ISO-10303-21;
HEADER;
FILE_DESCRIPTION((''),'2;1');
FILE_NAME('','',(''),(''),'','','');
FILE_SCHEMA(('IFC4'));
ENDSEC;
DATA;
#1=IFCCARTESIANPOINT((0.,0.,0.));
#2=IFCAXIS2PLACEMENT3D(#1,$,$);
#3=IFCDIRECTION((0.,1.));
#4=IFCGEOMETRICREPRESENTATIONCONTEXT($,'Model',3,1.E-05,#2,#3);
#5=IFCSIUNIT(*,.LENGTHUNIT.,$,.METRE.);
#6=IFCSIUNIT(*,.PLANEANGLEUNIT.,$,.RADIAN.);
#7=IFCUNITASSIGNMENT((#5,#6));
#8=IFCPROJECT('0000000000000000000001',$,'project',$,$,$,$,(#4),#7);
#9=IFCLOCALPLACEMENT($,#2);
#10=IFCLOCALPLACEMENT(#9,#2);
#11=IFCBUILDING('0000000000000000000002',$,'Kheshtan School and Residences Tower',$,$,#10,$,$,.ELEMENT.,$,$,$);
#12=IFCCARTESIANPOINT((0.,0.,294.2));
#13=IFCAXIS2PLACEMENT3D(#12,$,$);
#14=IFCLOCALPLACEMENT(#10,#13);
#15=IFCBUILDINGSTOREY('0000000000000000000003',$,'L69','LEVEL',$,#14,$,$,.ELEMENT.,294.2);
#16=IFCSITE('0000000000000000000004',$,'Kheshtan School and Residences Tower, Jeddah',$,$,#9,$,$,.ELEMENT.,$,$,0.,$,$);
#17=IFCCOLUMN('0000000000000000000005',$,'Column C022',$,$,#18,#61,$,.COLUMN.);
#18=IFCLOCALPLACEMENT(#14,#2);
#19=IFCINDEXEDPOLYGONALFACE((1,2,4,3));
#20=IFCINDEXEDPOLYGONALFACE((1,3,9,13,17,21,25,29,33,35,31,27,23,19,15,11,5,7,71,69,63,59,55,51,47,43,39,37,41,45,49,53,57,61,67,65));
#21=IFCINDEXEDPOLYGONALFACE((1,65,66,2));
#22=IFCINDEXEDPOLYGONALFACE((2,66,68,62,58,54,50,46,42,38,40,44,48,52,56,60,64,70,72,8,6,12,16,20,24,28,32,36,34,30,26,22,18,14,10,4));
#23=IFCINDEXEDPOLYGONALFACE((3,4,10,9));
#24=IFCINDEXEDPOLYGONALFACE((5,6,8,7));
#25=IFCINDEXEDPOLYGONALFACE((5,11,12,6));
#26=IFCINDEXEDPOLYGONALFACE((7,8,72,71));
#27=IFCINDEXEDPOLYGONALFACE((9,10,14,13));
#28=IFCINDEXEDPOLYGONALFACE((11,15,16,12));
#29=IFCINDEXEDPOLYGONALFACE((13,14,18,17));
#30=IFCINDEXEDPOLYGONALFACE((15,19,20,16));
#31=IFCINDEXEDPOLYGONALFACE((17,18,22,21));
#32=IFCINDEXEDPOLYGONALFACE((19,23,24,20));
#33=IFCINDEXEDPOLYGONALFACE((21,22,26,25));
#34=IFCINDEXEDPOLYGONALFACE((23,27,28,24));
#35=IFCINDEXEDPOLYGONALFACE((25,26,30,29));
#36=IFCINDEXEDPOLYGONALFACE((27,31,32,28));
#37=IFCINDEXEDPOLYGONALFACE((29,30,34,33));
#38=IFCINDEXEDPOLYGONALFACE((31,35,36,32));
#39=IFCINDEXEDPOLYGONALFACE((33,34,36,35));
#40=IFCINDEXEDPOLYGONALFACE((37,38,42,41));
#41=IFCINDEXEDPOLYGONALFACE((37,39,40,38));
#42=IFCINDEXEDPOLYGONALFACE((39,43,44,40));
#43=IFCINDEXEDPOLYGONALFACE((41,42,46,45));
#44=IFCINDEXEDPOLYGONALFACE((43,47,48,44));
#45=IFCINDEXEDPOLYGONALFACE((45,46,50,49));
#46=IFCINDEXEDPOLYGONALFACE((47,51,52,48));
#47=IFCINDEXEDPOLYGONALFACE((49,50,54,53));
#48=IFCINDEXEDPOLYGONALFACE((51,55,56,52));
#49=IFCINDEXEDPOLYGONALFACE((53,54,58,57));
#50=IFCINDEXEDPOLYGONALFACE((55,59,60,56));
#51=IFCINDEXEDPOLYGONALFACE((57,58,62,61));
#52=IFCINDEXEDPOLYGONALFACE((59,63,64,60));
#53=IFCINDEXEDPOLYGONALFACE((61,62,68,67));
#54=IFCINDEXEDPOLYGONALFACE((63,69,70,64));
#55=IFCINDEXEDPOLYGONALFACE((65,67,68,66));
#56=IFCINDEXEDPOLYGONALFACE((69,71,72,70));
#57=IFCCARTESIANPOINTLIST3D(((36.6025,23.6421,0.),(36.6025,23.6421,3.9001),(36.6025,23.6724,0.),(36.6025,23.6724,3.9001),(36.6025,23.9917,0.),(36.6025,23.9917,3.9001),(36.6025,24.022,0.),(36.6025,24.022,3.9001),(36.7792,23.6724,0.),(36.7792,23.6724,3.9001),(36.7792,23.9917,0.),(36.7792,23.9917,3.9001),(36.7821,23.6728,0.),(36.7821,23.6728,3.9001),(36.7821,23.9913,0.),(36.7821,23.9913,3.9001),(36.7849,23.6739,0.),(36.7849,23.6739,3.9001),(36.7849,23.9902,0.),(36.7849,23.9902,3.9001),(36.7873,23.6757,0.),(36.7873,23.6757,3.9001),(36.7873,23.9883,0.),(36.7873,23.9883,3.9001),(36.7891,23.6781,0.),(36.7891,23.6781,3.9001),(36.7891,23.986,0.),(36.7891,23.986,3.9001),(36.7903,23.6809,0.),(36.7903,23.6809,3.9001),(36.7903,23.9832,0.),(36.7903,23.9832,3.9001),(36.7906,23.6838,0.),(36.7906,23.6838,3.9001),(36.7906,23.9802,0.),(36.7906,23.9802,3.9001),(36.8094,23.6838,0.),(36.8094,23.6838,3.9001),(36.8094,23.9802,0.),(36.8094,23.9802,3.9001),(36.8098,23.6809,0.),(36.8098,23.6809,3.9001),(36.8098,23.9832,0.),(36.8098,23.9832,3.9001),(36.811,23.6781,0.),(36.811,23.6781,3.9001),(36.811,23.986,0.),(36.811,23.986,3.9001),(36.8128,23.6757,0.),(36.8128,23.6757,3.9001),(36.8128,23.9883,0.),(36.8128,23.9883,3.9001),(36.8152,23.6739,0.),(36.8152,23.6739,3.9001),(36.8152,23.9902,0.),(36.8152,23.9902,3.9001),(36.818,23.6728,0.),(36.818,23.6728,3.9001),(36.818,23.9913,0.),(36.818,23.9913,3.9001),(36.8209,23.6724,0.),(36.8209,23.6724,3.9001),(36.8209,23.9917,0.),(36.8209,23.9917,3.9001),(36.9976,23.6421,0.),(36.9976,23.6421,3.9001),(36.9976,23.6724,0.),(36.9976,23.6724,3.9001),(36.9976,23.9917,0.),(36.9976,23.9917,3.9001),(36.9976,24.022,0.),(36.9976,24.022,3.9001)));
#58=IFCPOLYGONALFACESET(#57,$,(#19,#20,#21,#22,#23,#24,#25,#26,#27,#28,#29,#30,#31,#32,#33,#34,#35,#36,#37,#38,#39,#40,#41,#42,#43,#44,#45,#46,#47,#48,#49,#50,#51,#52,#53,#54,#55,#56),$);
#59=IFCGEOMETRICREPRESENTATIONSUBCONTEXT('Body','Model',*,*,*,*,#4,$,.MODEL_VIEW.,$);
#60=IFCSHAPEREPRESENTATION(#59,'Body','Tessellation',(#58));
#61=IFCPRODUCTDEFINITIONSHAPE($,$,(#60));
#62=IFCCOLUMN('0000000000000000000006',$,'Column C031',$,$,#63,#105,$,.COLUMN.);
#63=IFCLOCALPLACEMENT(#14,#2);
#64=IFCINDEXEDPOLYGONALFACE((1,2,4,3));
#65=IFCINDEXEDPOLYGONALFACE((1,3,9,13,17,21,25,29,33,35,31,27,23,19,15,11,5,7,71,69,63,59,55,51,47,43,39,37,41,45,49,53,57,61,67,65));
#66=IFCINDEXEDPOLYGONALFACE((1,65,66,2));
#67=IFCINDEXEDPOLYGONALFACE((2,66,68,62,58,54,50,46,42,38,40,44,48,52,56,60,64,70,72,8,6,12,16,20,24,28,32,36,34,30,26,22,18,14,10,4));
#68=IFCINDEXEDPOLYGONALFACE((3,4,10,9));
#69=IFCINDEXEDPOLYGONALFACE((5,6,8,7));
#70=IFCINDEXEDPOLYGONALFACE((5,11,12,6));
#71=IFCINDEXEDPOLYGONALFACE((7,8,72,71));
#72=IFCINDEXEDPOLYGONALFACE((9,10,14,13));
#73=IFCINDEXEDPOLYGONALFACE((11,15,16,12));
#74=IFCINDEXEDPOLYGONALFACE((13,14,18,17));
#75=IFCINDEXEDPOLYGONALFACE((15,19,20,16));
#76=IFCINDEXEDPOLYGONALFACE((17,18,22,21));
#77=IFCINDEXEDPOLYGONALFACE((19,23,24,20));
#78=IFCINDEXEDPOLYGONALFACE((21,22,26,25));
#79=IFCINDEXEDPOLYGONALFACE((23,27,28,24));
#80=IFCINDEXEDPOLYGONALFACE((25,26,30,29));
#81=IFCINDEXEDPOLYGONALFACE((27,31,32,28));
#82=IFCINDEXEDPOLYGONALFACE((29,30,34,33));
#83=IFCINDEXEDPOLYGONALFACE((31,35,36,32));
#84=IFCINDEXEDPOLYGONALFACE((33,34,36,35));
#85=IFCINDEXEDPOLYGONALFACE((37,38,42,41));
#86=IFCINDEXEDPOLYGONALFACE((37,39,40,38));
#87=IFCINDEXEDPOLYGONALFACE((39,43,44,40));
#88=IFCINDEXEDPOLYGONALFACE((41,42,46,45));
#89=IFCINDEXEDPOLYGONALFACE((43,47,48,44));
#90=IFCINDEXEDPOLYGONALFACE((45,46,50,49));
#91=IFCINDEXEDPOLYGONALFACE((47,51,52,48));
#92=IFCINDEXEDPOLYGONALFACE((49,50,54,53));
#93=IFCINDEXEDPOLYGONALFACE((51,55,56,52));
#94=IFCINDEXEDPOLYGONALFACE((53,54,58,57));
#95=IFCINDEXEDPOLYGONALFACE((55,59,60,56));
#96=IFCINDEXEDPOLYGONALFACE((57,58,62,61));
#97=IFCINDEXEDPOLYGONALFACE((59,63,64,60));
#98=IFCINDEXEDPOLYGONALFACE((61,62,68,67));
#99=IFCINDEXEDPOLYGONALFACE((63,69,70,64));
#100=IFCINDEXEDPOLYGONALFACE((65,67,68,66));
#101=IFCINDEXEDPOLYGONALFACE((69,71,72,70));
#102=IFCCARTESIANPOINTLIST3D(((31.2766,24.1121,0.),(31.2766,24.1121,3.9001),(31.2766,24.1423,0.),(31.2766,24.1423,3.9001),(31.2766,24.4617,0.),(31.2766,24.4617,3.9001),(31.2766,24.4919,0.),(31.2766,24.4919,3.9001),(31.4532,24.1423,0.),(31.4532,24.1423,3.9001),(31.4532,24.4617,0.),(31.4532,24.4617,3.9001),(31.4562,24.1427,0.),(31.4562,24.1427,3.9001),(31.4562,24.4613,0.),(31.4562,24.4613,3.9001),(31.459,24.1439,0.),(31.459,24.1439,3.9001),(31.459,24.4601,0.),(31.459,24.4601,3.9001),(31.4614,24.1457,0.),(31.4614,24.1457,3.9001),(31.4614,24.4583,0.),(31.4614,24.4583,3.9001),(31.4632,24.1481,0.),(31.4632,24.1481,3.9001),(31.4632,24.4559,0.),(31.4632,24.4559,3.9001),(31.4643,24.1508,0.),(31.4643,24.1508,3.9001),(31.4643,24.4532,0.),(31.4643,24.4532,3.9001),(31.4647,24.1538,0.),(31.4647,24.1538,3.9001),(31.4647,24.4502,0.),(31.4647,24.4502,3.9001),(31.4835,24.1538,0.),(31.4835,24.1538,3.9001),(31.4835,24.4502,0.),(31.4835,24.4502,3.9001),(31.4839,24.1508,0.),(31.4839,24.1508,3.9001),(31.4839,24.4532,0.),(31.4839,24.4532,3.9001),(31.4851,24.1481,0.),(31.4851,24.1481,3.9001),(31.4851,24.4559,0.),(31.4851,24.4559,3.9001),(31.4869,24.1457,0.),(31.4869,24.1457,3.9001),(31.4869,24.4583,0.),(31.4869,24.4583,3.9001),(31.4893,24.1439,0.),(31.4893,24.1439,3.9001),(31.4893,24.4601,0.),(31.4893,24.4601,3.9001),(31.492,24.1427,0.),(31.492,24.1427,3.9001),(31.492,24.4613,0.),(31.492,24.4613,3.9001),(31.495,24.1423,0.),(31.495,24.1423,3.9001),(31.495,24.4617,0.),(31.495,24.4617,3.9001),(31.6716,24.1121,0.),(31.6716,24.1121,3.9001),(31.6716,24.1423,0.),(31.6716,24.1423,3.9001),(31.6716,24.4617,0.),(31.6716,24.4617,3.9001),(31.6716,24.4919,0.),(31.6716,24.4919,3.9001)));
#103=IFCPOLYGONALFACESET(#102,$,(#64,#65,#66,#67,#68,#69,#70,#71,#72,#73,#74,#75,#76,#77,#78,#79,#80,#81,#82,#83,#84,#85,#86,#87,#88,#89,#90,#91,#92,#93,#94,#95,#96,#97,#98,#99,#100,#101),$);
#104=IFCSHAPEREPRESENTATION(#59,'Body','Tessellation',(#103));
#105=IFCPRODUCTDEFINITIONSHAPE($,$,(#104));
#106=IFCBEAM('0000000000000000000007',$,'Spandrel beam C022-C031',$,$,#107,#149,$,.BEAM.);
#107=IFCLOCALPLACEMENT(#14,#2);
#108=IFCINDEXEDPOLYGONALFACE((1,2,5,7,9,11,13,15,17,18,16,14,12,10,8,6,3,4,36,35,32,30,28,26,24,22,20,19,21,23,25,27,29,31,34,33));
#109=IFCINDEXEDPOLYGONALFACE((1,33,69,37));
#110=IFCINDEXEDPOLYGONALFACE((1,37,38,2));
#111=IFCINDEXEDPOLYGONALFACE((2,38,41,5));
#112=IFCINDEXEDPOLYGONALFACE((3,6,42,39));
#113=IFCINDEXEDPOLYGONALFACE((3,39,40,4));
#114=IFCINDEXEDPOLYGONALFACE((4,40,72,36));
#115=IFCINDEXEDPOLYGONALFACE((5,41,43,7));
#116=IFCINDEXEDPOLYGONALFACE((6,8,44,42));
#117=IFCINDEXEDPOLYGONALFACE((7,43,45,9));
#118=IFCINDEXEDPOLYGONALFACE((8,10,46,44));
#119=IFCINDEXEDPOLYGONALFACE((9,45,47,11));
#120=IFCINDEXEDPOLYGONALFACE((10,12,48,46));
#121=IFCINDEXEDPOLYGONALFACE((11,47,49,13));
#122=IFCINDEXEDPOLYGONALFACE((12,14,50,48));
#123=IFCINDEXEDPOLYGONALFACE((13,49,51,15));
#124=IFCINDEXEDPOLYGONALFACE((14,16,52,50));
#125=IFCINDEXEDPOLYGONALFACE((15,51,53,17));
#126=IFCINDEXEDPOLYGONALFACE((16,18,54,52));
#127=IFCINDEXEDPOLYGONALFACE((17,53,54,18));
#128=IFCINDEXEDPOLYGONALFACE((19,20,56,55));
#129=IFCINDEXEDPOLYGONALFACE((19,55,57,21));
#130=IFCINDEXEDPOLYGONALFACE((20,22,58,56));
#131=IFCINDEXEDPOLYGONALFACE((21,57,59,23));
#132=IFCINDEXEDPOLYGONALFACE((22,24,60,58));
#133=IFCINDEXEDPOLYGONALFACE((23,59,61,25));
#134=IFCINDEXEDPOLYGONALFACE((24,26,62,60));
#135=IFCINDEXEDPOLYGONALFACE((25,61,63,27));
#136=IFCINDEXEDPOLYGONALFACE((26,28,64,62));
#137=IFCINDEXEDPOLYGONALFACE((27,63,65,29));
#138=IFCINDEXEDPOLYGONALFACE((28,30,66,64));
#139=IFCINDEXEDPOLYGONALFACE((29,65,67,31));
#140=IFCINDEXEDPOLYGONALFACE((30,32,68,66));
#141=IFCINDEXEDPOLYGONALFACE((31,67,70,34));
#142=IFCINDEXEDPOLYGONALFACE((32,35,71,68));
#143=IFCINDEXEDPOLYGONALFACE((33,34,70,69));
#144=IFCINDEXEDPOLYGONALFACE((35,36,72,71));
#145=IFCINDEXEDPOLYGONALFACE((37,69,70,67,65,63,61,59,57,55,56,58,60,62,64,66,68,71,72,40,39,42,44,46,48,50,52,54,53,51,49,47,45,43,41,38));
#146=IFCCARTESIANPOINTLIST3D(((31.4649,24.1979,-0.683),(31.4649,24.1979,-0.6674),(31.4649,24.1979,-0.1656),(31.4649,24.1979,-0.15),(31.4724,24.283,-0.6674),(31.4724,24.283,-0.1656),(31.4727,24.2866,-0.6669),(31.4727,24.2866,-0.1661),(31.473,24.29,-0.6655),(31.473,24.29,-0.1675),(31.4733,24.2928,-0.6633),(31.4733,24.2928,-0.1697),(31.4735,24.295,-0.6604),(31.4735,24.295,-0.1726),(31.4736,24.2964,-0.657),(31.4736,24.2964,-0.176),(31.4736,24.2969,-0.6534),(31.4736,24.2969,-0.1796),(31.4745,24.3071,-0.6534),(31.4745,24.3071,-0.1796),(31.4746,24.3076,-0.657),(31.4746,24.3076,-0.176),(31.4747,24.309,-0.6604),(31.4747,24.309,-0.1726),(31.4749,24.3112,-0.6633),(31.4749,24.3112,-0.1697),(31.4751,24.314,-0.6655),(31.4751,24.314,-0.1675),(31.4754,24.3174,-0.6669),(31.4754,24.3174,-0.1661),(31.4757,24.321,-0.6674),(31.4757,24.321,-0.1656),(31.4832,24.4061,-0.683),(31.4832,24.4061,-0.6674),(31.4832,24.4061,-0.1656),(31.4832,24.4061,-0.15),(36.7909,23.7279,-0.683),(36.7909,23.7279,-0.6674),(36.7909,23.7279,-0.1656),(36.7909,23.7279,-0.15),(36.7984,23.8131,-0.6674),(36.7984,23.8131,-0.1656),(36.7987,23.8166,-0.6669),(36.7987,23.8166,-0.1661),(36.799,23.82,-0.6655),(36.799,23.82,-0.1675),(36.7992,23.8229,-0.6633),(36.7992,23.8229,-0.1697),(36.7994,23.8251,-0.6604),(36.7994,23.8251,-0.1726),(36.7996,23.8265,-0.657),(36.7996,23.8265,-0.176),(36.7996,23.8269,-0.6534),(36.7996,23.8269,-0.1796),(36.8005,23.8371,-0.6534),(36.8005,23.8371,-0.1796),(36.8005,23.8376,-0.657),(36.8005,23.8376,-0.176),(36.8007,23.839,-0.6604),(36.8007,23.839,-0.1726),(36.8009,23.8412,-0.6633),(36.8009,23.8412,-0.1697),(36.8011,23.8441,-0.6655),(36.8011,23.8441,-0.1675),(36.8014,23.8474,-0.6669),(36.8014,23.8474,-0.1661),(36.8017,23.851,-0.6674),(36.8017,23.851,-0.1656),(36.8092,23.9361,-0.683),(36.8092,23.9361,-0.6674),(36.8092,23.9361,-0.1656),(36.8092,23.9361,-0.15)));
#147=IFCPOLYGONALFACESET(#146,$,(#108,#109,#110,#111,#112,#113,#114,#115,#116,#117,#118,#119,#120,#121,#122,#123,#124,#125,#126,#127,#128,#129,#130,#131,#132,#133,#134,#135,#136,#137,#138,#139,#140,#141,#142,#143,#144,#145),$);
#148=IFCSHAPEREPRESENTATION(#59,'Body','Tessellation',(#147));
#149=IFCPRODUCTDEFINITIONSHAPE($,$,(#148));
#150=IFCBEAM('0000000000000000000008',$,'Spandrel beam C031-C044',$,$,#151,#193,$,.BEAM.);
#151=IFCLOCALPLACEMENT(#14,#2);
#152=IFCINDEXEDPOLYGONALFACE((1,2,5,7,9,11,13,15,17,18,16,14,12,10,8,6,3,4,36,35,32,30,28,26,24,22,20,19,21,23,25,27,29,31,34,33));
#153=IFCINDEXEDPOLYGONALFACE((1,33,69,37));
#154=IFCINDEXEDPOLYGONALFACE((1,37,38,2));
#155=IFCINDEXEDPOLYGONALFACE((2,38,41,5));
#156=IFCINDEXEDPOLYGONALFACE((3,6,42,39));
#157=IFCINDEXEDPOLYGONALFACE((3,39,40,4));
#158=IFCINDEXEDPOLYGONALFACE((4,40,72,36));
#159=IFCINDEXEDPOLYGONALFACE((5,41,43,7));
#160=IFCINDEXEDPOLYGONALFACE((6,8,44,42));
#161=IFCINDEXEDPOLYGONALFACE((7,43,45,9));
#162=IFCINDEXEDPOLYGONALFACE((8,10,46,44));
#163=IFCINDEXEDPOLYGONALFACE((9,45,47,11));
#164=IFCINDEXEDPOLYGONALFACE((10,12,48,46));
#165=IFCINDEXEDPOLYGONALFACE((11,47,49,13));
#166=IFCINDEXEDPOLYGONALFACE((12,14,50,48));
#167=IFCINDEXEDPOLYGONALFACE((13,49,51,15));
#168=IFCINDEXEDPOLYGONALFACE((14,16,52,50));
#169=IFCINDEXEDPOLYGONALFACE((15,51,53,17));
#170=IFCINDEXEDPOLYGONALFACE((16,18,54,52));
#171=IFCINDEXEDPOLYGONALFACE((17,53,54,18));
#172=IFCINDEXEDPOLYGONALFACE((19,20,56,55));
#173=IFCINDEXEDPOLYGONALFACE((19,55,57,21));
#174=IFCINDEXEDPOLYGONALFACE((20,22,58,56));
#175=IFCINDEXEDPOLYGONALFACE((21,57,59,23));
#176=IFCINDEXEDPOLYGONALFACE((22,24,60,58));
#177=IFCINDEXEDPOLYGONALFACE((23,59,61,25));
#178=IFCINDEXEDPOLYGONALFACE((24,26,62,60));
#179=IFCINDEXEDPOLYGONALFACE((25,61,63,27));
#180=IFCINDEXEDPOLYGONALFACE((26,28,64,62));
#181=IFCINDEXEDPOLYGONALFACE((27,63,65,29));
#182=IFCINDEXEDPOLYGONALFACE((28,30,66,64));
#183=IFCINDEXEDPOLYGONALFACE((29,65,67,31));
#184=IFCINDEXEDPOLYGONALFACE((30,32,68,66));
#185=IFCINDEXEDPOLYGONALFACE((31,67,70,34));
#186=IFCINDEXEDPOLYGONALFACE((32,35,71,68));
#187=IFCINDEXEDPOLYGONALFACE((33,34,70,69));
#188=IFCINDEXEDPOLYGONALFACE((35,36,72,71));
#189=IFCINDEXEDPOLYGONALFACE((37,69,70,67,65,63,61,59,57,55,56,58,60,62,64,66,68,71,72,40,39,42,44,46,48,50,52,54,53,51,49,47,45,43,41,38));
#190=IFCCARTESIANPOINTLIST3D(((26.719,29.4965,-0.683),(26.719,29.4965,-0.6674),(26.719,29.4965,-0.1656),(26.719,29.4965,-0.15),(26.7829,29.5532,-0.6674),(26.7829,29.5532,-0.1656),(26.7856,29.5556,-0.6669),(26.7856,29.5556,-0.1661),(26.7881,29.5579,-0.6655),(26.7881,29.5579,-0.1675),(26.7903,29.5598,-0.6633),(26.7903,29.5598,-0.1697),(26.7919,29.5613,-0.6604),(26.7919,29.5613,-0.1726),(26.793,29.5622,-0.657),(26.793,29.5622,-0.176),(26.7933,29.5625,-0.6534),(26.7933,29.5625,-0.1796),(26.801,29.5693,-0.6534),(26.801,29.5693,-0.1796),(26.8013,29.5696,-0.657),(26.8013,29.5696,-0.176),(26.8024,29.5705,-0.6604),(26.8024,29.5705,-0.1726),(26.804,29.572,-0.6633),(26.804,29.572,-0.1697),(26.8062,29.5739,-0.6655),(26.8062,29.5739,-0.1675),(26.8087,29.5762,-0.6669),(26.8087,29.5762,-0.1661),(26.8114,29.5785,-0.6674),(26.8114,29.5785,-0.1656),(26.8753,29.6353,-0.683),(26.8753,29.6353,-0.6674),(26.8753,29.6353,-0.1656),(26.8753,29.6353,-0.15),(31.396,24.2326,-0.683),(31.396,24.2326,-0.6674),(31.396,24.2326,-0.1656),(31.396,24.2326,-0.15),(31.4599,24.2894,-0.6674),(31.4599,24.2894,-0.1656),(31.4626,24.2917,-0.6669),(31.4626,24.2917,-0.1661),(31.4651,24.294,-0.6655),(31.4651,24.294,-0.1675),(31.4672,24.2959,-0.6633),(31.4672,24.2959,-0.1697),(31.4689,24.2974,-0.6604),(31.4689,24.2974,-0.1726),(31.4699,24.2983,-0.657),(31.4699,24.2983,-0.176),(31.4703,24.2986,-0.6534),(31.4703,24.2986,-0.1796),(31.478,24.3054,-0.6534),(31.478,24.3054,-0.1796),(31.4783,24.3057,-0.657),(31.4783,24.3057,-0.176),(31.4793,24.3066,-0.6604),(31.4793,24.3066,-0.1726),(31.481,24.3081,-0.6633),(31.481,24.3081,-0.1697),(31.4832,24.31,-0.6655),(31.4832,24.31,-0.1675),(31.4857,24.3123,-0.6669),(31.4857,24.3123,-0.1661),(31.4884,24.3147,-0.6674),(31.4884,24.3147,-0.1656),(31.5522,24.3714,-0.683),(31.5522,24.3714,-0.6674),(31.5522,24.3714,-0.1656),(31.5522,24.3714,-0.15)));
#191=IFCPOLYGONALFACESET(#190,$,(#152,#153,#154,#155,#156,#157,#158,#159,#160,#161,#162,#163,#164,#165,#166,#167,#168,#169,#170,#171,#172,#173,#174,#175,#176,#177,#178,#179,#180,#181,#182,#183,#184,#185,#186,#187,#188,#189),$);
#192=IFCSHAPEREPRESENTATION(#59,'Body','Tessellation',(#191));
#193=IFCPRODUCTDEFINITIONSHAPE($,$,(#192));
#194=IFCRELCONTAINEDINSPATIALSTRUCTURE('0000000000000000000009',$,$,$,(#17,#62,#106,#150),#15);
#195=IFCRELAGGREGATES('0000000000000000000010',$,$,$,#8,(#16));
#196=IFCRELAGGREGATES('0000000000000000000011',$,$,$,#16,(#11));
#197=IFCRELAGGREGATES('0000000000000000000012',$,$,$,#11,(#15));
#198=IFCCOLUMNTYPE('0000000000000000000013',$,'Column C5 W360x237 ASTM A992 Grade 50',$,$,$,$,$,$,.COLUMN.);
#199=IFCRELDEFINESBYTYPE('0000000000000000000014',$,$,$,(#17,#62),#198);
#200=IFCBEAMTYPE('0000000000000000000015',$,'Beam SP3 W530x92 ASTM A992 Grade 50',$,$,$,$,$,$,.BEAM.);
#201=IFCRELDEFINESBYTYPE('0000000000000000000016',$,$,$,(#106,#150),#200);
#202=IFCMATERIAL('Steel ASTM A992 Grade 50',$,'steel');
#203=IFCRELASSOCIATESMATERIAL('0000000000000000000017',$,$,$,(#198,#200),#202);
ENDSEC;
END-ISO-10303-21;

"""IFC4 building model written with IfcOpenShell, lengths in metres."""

from ifc_helpers import new_model, si_unit, direction, frame, origin, origin_2d, place, context, subcontext, project, spatial, i_section, extrude, material, material_profile, profile_set, type_object, element, save


model = new_model("IFC4")

# Units and contexts
model_context = context("Model", 3, precision=1e-05, world=origin(), true_north=direction((0.0, 1.0)))
body_context = subcontext(model_context, "Body", "Model", "MODEL_VIEW")
ifc_project = project(units=[si_unit("LENGTHUNIT", "METRE"), si_unit("PLANEANGLEUNIT", "RADIAN")], contexts=[model_context])

# Site, building, storey
site_placement = place(None, origin())
site = spatial("IfcSite", under=ifc_project, at=site_placement, Name="Kheshtan School and Residences Tower, Jeddah", CompositionType="ELEMENT", RefElevation=0.0)
building_placement = place(site_placement, origin())
building = spatial("IfcBuilding", under=site, at=building_placement, Name="Kheshtan School and Residences Tower", CompositionType="ELEMENT")
storey_placement = place(building_placement, frame((0.0, 0.0, 294.2)))
storey = spatial("IfcBuildingStorey", under=building, at=storey_placement, Name="L69", Description="LEVEL", CompositionType="ELEMENT", Elevation=294.2)

# Columns
ifc_material_1 = material(Name="Steel ASTM A992 Grade 50", Category="steel")
ifc_material_profile_1 = material_profile(ifc_material_1, i_section(OverallWidth=0.395, OverallDepth=0.3799, WebThickness=0.0188, FlangeThickness=0.0303, FilletRadius=0.0115, at=origin_2d()), Name="W360x237")
ifc_profile_set_1 = profile_set([ifc_material_profile_1], Name="Steel ASTM A992 Grade 50")
column_type = type_object("IfcColumnType", Name="Column C5 W360x237 ASTM A992 Grade 50", PredefinedType="COLUMN", material=ifc_profile_set_1)
for number, where, z_axis, x_axis, name in (
    (1, (36.8, 23.832, 0.0), (0.0, 0.0, 1.0), (1.0, 0.0, 0.0), "Column C022"),
    (2, (31.4741, 24.302, 0.0), (0.0, 0.0, 1.0), (1.0, 0.0, 0.0), "Column C031"),
):
    element("IfcColumn", number, at=place(storey_placement, frame(where, z_axis=z_axis, x_axis=x_axis)), inside=storey, type_object=column_type, Name=name, PredefinedType="COLUMN", context=body_context, shape_type="SweptSolid", body=[
        extrude(i_section(OverallWidth=0.395, OverallDepth=0.3799, WebThickness=0.0188, FlangeThickness=0.0303, FilletRadius=0.0115, at=origin_2d()), origin(), (0.0, 0.0, 1.0), 3.9001),
    ])

# Beams
ifc_material_profile_2 = material_profile(ifc_material_1, i_section(OverallWidth=0.209, OverallDepth=0.533, WebThickness=0.0103, FlangeThickness=0.0156, FilletRadius=0.0139, at=origin_2d()), Name="W530x92")
ifc_profile_set_2 = profile_set([ifc_material_profile_2], Name="Steel ASTM A992 Grade 50")
beam_type = type_object("IfcBeamType", Name="Beam SP3 W530x92 ASTM A992 Grade 50", PredefinedType="BEAM", material=ifc_profile_set_2)
beam_1_placement = place(storey_placement, frame((36.8, 23.832, -0.4165), z_axis=(-0.996129, 0.0879, 0.0), x_axis=(-0.0879, -0.996129, 0.0)))
element("IfcBeam", 3, at=beam_1_placement, inside=storey, type_object=beam_type, Name="Spandrel beam C022-C031", PredefinedType="BEAM", context=body_context, shape_type="SweptSolid", body=[
    extrude(i_section(OverallWidth=0.209, OverallDepth=0.533, WebThickness=0.0103, FlangeThickness=0.0156, FilletRadius=0.0139, at=origin_2d()), origin(), (0.0, 0.0, 1.0), 5.3467),
])
beam_2_placement = place(storey_placement, frame((31.4741, 24.302, -0.4165), z_axis=(-0.664202, 0.747553, 0.0), x_axis=(-0.747553, -0.664202, 0.0)))
element("IfcBeam", 4, at=beam_2_placement, inside=storey, type_object=beam_type, Name="Spandrel beam C031-C044", PredefinedType="BEAM", context=body_context, shape_type="SweptSolid", body=[
    extrude(i_section(OverallWidth=0.209, OverallDepth=0.533, WebThickness=0.0103, FlangeThickness=0.0156, FilletRadius=0.0139, at=origin_2d()), origin(), (0.0, 0.0, 1.0), 7.0415),
])

save(model, "model.ifc")
